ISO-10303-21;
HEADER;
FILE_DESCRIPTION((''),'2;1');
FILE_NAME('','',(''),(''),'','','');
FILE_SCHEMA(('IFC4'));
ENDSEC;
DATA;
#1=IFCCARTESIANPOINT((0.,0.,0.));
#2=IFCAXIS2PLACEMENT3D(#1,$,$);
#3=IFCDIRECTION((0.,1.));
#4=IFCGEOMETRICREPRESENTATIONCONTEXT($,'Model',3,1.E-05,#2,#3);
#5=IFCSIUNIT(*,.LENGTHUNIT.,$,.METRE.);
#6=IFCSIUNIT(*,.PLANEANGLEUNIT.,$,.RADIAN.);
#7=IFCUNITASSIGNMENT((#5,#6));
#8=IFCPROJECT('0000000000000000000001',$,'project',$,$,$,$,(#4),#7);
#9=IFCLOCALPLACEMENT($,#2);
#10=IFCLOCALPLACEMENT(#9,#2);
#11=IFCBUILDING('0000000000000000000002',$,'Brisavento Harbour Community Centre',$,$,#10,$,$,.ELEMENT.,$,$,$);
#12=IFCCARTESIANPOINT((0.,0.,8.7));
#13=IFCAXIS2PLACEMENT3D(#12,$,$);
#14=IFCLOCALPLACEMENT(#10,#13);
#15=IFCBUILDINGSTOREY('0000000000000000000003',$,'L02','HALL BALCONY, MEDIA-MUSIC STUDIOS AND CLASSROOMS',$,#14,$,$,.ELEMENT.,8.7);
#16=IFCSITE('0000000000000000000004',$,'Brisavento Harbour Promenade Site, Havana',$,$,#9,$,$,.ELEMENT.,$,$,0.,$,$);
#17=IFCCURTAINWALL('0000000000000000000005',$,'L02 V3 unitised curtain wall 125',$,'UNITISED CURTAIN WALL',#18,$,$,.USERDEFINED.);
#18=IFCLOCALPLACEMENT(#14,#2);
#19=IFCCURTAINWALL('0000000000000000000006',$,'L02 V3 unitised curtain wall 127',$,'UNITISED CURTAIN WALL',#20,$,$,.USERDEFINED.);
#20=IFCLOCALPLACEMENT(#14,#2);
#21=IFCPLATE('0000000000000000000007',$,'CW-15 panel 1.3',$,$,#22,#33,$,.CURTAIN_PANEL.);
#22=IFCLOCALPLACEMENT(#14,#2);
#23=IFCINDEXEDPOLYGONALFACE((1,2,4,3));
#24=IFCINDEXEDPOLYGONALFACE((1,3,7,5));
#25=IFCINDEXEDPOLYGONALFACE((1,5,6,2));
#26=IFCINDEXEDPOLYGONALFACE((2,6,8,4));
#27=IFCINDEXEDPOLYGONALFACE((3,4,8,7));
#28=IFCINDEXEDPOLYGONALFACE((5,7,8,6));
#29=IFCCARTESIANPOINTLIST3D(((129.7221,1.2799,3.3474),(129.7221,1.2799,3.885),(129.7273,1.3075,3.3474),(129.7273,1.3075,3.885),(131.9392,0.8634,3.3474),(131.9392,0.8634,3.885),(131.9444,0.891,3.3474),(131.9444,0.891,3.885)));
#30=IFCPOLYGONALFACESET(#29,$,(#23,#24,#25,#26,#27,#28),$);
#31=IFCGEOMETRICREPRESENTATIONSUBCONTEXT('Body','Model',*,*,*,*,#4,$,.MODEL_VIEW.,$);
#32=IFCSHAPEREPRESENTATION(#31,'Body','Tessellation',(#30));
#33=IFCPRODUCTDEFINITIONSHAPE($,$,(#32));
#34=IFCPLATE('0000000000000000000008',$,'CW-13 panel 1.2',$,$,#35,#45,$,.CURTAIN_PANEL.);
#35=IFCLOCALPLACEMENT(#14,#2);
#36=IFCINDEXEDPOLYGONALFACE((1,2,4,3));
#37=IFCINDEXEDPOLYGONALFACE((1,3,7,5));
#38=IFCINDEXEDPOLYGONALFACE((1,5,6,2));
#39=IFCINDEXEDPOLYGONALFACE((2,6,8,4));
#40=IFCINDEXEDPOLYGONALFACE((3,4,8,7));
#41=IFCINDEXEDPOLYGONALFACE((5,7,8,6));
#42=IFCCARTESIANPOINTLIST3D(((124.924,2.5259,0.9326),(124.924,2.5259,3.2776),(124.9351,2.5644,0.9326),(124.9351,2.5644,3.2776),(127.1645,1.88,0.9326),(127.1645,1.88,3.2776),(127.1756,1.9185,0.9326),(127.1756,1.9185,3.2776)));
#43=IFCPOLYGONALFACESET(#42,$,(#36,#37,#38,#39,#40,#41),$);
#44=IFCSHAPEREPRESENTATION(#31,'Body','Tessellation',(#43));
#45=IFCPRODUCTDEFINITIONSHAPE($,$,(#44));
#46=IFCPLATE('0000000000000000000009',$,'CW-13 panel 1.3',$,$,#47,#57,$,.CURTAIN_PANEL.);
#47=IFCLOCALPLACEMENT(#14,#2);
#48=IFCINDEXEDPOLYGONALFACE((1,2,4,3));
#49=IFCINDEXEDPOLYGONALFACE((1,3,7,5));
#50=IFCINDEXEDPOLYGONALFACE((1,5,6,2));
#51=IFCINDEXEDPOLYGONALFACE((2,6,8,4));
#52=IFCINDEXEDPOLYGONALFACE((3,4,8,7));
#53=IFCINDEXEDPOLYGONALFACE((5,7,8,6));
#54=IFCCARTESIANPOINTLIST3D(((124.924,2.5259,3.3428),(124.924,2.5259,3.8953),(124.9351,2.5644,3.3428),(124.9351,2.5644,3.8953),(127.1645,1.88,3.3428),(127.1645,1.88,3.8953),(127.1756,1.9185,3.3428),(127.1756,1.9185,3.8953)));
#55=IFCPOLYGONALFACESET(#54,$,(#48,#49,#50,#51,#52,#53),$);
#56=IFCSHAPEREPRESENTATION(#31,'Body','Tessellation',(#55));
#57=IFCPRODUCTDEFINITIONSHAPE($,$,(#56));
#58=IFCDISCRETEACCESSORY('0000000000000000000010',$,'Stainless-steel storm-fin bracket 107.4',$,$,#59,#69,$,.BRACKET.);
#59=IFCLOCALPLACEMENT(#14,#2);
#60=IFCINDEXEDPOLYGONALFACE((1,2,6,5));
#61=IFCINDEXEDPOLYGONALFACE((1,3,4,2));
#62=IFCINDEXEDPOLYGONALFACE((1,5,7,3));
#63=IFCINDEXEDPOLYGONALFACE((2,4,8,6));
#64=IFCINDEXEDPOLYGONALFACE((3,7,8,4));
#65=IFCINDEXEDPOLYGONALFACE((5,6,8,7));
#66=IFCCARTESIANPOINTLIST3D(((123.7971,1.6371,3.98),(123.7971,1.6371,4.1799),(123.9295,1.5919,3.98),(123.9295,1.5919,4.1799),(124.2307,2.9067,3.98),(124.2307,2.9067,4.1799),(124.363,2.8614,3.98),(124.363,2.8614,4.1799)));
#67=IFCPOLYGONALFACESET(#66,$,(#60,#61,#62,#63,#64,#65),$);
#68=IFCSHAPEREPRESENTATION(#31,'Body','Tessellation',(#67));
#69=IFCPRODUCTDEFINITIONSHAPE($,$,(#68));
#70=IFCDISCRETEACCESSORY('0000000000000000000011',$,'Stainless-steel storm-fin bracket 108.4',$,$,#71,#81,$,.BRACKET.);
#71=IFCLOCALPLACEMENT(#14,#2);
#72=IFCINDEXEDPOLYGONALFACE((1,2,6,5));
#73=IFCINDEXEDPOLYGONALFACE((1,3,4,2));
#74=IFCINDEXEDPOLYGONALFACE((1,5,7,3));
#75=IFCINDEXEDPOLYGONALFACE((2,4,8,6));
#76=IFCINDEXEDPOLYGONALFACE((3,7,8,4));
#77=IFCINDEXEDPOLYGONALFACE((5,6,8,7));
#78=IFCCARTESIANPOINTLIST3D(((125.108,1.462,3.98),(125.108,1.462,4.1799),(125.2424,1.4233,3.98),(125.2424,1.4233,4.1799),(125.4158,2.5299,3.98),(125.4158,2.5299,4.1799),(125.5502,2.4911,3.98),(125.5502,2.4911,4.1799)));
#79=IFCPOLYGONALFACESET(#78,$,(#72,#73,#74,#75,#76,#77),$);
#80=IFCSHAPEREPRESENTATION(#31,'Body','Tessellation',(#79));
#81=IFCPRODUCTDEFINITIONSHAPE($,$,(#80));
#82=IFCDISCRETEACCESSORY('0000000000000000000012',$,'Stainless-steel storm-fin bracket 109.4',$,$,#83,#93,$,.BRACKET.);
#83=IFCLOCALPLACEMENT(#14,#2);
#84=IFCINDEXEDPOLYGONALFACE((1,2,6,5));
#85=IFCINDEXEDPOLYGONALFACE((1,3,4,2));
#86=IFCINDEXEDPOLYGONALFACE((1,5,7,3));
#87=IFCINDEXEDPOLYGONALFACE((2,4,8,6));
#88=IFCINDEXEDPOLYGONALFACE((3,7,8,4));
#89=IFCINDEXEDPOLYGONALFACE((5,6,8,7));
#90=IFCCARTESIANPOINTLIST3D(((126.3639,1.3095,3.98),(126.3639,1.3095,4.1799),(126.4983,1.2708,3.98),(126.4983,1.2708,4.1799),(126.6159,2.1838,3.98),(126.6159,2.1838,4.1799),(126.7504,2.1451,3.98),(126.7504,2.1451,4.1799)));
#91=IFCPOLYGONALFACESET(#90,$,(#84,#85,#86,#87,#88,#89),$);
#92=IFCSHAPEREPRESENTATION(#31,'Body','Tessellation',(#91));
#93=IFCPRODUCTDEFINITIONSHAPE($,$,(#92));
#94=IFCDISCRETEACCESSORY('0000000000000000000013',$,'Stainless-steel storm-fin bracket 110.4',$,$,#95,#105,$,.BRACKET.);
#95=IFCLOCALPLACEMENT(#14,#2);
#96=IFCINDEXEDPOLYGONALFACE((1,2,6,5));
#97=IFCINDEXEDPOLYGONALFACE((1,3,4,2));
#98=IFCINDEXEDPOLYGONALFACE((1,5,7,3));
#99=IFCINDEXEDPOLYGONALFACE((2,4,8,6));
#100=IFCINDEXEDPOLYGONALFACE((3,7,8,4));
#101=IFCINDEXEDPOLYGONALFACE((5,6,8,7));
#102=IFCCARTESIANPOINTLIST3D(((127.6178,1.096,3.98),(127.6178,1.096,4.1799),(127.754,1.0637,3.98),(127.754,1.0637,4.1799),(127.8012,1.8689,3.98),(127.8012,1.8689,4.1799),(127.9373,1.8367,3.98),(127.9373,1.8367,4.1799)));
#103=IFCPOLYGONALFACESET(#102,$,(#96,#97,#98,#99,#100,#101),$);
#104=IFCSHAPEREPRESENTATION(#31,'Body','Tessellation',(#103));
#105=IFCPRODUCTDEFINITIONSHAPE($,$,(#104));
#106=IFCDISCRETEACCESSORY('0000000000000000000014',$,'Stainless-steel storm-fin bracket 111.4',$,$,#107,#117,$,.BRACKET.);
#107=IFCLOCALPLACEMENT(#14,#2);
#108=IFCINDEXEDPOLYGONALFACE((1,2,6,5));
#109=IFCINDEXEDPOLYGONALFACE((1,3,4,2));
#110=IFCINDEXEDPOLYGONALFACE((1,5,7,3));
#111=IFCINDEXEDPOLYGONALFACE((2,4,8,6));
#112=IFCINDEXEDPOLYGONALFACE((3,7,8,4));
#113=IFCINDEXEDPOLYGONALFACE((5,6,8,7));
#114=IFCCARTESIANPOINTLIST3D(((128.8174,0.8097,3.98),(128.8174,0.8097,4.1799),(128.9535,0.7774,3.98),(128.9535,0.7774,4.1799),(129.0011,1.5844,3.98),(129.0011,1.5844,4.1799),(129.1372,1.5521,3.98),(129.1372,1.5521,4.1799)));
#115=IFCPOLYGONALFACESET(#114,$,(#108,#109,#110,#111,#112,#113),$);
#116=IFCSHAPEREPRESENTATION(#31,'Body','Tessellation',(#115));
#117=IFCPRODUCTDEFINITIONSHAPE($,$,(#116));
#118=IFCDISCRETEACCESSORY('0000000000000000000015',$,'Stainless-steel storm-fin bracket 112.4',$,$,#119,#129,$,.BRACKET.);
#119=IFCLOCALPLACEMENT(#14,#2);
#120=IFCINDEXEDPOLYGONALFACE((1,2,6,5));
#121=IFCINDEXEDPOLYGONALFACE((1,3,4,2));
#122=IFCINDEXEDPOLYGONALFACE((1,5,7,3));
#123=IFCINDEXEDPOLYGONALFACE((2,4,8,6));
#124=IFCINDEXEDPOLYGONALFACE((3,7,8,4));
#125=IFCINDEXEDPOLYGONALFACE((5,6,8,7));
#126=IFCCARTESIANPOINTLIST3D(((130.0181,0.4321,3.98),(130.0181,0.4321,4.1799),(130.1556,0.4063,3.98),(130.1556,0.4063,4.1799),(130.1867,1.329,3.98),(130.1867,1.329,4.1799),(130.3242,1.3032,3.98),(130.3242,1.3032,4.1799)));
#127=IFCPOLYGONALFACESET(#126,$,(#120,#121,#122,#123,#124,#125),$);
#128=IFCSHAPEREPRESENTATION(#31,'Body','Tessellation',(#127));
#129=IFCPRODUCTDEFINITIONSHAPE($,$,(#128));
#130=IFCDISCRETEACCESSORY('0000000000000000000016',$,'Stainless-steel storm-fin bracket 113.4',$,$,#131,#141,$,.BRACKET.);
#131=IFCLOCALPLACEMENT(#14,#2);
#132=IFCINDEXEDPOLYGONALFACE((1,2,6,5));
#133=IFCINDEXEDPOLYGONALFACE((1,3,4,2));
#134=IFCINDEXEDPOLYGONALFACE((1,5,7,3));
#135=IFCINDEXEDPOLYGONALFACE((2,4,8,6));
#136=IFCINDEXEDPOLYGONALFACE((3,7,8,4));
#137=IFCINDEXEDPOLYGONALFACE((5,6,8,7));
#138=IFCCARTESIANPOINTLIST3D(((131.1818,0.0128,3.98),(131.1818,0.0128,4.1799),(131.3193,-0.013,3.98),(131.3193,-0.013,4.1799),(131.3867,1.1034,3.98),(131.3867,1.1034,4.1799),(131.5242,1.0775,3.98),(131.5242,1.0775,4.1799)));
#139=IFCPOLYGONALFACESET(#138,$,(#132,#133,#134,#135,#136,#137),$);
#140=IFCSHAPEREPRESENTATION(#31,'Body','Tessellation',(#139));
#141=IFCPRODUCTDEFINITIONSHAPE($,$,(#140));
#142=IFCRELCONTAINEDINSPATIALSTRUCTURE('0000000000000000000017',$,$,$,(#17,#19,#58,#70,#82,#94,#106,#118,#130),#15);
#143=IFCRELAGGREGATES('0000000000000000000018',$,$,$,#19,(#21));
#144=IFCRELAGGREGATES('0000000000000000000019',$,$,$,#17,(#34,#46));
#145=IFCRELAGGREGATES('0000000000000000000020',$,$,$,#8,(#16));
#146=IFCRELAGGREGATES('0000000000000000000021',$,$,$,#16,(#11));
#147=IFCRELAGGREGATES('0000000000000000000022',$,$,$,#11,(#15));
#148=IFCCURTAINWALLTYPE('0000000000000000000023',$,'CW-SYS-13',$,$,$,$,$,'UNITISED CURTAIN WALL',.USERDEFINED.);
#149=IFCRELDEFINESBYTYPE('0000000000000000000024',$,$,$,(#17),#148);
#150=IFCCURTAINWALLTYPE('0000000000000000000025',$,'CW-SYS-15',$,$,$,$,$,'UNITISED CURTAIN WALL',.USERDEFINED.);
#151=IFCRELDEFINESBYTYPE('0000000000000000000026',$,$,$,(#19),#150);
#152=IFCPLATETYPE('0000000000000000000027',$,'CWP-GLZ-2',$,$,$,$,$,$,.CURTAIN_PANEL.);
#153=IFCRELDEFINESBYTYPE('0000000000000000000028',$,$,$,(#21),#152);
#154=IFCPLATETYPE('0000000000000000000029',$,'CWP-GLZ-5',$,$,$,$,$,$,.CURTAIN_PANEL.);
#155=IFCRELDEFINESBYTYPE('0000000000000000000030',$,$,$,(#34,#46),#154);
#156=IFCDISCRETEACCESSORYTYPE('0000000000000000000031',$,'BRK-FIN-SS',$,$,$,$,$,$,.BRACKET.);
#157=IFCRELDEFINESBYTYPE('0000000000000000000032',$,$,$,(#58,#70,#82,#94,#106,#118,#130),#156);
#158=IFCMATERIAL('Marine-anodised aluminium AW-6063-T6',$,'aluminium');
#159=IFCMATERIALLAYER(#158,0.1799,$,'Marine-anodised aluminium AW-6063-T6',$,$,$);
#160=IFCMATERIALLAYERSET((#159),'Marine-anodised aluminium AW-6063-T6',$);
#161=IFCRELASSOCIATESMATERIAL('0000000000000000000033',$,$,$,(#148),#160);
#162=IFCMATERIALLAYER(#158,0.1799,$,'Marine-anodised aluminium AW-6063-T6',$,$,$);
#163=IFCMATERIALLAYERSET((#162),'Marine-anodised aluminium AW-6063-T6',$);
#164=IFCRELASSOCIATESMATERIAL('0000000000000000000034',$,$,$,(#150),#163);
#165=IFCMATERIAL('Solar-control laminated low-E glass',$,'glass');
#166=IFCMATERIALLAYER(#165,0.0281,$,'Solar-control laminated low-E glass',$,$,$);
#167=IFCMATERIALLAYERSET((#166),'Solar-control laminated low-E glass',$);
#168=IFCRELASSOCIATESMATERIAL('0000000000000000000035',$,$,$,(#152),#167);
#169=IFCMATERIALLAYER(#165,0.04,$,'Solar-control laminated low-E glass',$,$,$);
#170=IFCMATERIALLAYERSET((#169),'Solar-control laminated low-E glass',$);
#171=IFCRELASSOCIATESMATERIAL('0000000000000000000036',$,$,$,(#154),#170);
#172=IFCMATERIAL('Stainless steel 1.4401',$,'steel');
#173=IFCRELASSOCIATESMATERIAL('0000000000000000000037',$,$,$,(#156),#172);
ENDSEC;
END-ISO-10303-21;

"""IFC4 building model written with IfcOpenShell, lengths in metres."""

from ifc_helpers import new_model, si_unit, direction, frame, origin, origin_2d, place, context, subcontext, project, spatial, rectangle, extrude, material, layer, layer_set, type_object, element, aggregate, save


model = new_model("IFC4")

# Units and contexts
model_context = context("Model", 3, precision=1e-05, world=origin(), true_north=direction((0.0, 1.0)))
body_context = subcontext(model_context, "Body", "Model", "MODEL_VIEW")
ifc_project = project(units=[si_unit("LENGTHUNIT", "METRE"), si_unit("PLANEANGLEUNIT", "RADIAN")], contexts=[model_context])

# Site, building, storey
site_placement = place(None, origin())
site = spatial("IfcSite", under=ifc_project, at=site_placement, Name="Brisavento Harbour Promenade Site, Havana", CompositionType="ELEMENT", RefElevation=0.0)
building_placement = place(site_placement, origin())
building = spatial("IfcBuilding", under=site, at=building_placement, Name="Brisavento Harbour Community Centre", CompositionType="ELEMENT")
storey_placement = place(building_placement, frame((0.0, 0.0, 8.7)))
storey = spatial("IfcBuildingStorey", under=building, at=storey_placement, Name="L02", Description="HALL BALCONY, MEDIA-MUSIC STUDIOS AND CLASSROOMS", CompositionType="ELEMENT", Elevation=8.7)

# Curtain wall
ifc_material_1 = material(Name="Marine-anodised aluminium AW-6063-T6", Category="aluminium")
ifc_layer_1 = layer(ifc_material_1, 0.1799, Name="Marine-anodised aluminium AW-6063-T6")
ifc_layer_set_1 = layer_set([ifc_layer_1], Name="Marine-anodised aluminium AW-6063-T6")
curtain_wall_type_1 = type_object("IfcCurtainWallType", Name="CW-SYS-13", ElementType="UNITISED CURTAIN WALL", PredefinedType="USERDEFINED", material=ifc_layer_set_1)
curtain_wall_1_placement = place(storey_placement, origin())
curtain_wall_1 = element("IfcCurtainWall", 1, at=curtain_wall_1_placement, inside=storey, type_object=curtain_wall_type_1, Name="L02 V3 unitised curtain wall 125", ObjectType="UNITISED CURTAIN WALL", PredefinedType="USERDEFINED")

# Shared definitions
ifc_material_2 = material(Name="Solar-control laminated low-E glass", Category="glass")

# Curtain wall, plate
ifc_layer_2 = layer(ifc_material_1, 0.1799, Name="Marine-anodised aluminium AW-6063-T6")
ifc_layer_set_2 = layer_set([ifc_layer_2], Name="Marine-anodised aluminium AW-6063-T6")
curtain_wall_type_2 = type_object("IfcCurtainWallType", Name="CW-SYS-15", ElementType="UNITISED CURTAIN WALL", PredefinedType="USERDEFINED", material=ifc_layer_set_2)
curtain_wall_2_placement = place(storey_placement, origin())
curtain_wall_2 = element("IfcCurtainWall", 2, at=curtain_wall_2_placement, inside=storey, type_object=curtain_wall_type_2, Name="L02 V3 unitised curtain wall 127", ObjectType="UNITISED CURTAIN WALL", PredefinedType="USERDEFINED")
ifc_layer_3 = layer(ifc_material_2, 0.0281, Name="Solar-control laminated low-E glass")
ifc_layer_set_3 = layer_set([ifc_layer_3], Name="Solar-control laminated low-E glass")
plate_type_1 = type_object("IfcPlateType", Name="CWP-GLZ-2", PredefinedType="CURTAIN_PANEL", material=ifc_layer_set_3)
plate_1_placement = place(storey_placement, frame((130.8333, 1.0854, 3.3474), z_axis=(0.0, 0.0, 1.0), x_axis=(-0.982802, 0.184665, 0.0)))
plate_1 = element("IfcPlate", 3, at=plate_1_placement, type_object=plate_type_1, Name="CW-15 panel 1.3", PredefinedType="CURTAIN_PANEL", context=body_context, shape_type="SweptSolid", body=[
    extrude(rectangle(XDim=2.2559, YDim=0.0281, at=origin_2d()), origin(), (0.0, 0.0, 1.0), 0.5376),
])
aggregate(curtain_wall_2, [plate_1])

# Plates
ifc_layer_4 = layer(ifc_material_2, 0.04, Name="Solar-control laminated low-E glass")
ifc_layer_set_4 = layer_set([ifc_layer_4], Name="Solar-control laminated low-E glass")
plate_type_2 = type_object("IfcPlateType", Name="CWP-GLZ-5", PredefinedType="CURTAIN_PANEL", material=ifc_layer_set_4)
plate_2_placement = place(storey_placement, frame((126.0498, 2.2222, 0.9326), z_axis=(0.0, 0.0, 1.0), x_axis=(-0.96087, 0.277001, 0.0)))
plate_2 = element("IfcPlate", 4, at=plate_2_placement, type_object=plate_type_2, Name="CW-13 panel 1.2", PredefinedType="CURTAIN_PANEL", context=body_context, shape_type="SweptSolid", body=[
    extrude(rectangle(XDim=2.3318, YDim=0.04, at=origin_2d()), origin(), (0.0, 0.0, 1.0), 2.345),
])
plate_3_placement = place(storey_placement, frame((126.0498, 2.2222, 3.3428), z_axis=(0.0, 0.0, 1.0), x_axis=(-0.96087, 0.277001, 0.0)))
plate_3 = element("IfcPlate", 5, at=plate_3_placement, type_object=plate_type_2, Name="CW-13 panel 1.3", PredefinedType="CURTAIN_PANEL", context=body_context, shape_type="SweptSolid", body=[
    extrude(rectangle(XDim=2.3318, YDim=0.04, at=origin_2d()), origin(), (0.0, 0.0, 1.0), 0.5525),
])
aggregate(curtain_wall_1, [plate_2, plate_3])

# Discrete accessories
ifc_material_3 = material(Name="Stainless steel 1.4401", Category="steel")
discrete_accessory_type = type_object("IfcDiscreteAccessoryType", Name="BRK-FIN-SS", PredefinedType="BRACKET", material=ifc_material_3)
discrete_accessory_1_placement = place(storey_placement, frame((124.0801, 2.2493, 3.98), z_axis=(0.0, 0.0, 1.0), x_axis=(-0.323174, -0.946339, 0.0)))
element("IfcDiscreteAccessory", 6, at=discrete_accessory_1_placement, inside=storey, type_object=discrete_accessory_type, Name="Stainless-steel storm-fin bracket 107.4", PredefinedType="BRACKET", context=body_context, shape_type="SweptSolid", body=[
    extrude(rectangle(XDim=1.3416, YDim=0.1399, at=origin_2d()), origin(), (0.0, 0.0, 1.0), 0.2),
])
discrete_accessory_2_placement = place(storey_placement, frame((125.3291, 1.9766, 3.98), z_axis=(0.0, 0.0, 1.0), x_axis=(-0.276996, -0.960871, 0.0)))
element("IfcDiscreteAccessory", 7, at=discrete_accessory_2_placement, inside=storey, type_object=discrete_accessory_type, Name="Stainless-steel storm-fin bracket 108.4", PredefinedType="BRACKET", context=body_context, shape_type="SweptSolid", body=[
    extrude(rectangle(XDim=1.1113, YDim=0.1399, at=origin_2d()), origin(), (0.0, 0.0, 1.0), 0.2),
])
discrete_accessory_3_placement = place(storey_placement, frame((126.5571, 1.7273, 3.98), z_axis=(0.0, 0.0, 1.0), x_axis=(-0.276996, -0.960871, 0.0)))
element("IfcDiscreteAccessory", 8, at=discrete_accessory_3_placement, inside=storey, type_object=discrete_accessory_type, Name="Stainless-steel storm-fin bracket 109.4", PredefinedType="BRACKET", context=body_context, shape_type="SweptSolid", body=[
    extrude(rectangle(XDim=0.9099, YDim=0.1399, at=origin_2d()), origin(), (0.0, 0.0, 1.0), 0.2),
])
discrete_accessory_4_placement = place(storey_placement, frame((127.7776, 1.4663, 3.98), z_axis=(0.0, 0.0, 1.0), x_axis=(-0.230831, -0.972994, 0.0)))
element("IfcDiscreteAccessory", 9, at=discrete_accessory_4_placement, inside=storey, type_object=discrete_accessory_type, Name="Stainless-steel storm-fin bracket 110.4", PredefinedType="BRACKET", context=body_context, shape_type="SweptSolid", body=[
    extrude(rectangle(XDim=0.7944, YDim=0.1399, at=origin_2d()), origin(), (0.0, 0.0, 1.0), 0.2),
])
discrete_accessory_5_placement = place(storey_placement, frame((128.9773, 1.1809, 3.98), z_axis=(0.0, 0.0, 1.0), x_axis=(-0.230831, -0.972994, 0.0)))
element("IfcDiscreteAccessory", 10, at=discrete_accessory_5_placement, inside=storey, type_object=discrete_accessory_type, Name="Stainless-steel storm-fin bracket 111.4", PredefinedType="BRACKET", context=body_context, shape_type="SweptSolid", body=[
    extrude(rectangle(XDim=0.7961, YDim=0.1399, at=origin_2d()), origin(), (0.0, 0.0, 1.0), 0.2),
])
discrete_accessory_6_placement = place(storey_placement, frame((130.1711, 0.8677, 3.98), z_axis=(0.0, 0.0, 1.0), x_axis=(-0.184672, -0.9828, 0.0)))
element("IfcDiscreteAccessory", 11, at=discrete_accessory_6_placement, inside=storey, type_object=discrete_accessory_type, Name="Stainless-steel storm-fin bracket 112.4", PredefinedType="BRACKET", context=body_context, shape_type="SweptSolid", body=[
    extrude(rectangle(XDim=0.9126, YDim=0.1399, at=origin_2d()), origin(), (0.0, 0.0, 1.0), 0.2),
])
discrete_accessory_7_placement = place(storey_placement, frame((131.353, 0.5452, 3.98), z_axis=(0.0, 0.0, 1.0), x_axis=(-0.184672, -0.9828, 0.0)))
element("IfcDiscreteAccessory", 12, at=discrete_accessory_7_placement, inside=storey, type_object=discrete_accessory_type, Name="Stainless-steel storm-fin bracket 113.4", PredefinedType="BRACKET", context=body_context, shape_type="SweptSolid", body=[
    extrude(rectangle(XDim=1.1096, YDim=0.1399, at=origin_2d()), origin(), (0.0, 0.0, 1.0), 0.2),
])

save(model, "model.ifc")
